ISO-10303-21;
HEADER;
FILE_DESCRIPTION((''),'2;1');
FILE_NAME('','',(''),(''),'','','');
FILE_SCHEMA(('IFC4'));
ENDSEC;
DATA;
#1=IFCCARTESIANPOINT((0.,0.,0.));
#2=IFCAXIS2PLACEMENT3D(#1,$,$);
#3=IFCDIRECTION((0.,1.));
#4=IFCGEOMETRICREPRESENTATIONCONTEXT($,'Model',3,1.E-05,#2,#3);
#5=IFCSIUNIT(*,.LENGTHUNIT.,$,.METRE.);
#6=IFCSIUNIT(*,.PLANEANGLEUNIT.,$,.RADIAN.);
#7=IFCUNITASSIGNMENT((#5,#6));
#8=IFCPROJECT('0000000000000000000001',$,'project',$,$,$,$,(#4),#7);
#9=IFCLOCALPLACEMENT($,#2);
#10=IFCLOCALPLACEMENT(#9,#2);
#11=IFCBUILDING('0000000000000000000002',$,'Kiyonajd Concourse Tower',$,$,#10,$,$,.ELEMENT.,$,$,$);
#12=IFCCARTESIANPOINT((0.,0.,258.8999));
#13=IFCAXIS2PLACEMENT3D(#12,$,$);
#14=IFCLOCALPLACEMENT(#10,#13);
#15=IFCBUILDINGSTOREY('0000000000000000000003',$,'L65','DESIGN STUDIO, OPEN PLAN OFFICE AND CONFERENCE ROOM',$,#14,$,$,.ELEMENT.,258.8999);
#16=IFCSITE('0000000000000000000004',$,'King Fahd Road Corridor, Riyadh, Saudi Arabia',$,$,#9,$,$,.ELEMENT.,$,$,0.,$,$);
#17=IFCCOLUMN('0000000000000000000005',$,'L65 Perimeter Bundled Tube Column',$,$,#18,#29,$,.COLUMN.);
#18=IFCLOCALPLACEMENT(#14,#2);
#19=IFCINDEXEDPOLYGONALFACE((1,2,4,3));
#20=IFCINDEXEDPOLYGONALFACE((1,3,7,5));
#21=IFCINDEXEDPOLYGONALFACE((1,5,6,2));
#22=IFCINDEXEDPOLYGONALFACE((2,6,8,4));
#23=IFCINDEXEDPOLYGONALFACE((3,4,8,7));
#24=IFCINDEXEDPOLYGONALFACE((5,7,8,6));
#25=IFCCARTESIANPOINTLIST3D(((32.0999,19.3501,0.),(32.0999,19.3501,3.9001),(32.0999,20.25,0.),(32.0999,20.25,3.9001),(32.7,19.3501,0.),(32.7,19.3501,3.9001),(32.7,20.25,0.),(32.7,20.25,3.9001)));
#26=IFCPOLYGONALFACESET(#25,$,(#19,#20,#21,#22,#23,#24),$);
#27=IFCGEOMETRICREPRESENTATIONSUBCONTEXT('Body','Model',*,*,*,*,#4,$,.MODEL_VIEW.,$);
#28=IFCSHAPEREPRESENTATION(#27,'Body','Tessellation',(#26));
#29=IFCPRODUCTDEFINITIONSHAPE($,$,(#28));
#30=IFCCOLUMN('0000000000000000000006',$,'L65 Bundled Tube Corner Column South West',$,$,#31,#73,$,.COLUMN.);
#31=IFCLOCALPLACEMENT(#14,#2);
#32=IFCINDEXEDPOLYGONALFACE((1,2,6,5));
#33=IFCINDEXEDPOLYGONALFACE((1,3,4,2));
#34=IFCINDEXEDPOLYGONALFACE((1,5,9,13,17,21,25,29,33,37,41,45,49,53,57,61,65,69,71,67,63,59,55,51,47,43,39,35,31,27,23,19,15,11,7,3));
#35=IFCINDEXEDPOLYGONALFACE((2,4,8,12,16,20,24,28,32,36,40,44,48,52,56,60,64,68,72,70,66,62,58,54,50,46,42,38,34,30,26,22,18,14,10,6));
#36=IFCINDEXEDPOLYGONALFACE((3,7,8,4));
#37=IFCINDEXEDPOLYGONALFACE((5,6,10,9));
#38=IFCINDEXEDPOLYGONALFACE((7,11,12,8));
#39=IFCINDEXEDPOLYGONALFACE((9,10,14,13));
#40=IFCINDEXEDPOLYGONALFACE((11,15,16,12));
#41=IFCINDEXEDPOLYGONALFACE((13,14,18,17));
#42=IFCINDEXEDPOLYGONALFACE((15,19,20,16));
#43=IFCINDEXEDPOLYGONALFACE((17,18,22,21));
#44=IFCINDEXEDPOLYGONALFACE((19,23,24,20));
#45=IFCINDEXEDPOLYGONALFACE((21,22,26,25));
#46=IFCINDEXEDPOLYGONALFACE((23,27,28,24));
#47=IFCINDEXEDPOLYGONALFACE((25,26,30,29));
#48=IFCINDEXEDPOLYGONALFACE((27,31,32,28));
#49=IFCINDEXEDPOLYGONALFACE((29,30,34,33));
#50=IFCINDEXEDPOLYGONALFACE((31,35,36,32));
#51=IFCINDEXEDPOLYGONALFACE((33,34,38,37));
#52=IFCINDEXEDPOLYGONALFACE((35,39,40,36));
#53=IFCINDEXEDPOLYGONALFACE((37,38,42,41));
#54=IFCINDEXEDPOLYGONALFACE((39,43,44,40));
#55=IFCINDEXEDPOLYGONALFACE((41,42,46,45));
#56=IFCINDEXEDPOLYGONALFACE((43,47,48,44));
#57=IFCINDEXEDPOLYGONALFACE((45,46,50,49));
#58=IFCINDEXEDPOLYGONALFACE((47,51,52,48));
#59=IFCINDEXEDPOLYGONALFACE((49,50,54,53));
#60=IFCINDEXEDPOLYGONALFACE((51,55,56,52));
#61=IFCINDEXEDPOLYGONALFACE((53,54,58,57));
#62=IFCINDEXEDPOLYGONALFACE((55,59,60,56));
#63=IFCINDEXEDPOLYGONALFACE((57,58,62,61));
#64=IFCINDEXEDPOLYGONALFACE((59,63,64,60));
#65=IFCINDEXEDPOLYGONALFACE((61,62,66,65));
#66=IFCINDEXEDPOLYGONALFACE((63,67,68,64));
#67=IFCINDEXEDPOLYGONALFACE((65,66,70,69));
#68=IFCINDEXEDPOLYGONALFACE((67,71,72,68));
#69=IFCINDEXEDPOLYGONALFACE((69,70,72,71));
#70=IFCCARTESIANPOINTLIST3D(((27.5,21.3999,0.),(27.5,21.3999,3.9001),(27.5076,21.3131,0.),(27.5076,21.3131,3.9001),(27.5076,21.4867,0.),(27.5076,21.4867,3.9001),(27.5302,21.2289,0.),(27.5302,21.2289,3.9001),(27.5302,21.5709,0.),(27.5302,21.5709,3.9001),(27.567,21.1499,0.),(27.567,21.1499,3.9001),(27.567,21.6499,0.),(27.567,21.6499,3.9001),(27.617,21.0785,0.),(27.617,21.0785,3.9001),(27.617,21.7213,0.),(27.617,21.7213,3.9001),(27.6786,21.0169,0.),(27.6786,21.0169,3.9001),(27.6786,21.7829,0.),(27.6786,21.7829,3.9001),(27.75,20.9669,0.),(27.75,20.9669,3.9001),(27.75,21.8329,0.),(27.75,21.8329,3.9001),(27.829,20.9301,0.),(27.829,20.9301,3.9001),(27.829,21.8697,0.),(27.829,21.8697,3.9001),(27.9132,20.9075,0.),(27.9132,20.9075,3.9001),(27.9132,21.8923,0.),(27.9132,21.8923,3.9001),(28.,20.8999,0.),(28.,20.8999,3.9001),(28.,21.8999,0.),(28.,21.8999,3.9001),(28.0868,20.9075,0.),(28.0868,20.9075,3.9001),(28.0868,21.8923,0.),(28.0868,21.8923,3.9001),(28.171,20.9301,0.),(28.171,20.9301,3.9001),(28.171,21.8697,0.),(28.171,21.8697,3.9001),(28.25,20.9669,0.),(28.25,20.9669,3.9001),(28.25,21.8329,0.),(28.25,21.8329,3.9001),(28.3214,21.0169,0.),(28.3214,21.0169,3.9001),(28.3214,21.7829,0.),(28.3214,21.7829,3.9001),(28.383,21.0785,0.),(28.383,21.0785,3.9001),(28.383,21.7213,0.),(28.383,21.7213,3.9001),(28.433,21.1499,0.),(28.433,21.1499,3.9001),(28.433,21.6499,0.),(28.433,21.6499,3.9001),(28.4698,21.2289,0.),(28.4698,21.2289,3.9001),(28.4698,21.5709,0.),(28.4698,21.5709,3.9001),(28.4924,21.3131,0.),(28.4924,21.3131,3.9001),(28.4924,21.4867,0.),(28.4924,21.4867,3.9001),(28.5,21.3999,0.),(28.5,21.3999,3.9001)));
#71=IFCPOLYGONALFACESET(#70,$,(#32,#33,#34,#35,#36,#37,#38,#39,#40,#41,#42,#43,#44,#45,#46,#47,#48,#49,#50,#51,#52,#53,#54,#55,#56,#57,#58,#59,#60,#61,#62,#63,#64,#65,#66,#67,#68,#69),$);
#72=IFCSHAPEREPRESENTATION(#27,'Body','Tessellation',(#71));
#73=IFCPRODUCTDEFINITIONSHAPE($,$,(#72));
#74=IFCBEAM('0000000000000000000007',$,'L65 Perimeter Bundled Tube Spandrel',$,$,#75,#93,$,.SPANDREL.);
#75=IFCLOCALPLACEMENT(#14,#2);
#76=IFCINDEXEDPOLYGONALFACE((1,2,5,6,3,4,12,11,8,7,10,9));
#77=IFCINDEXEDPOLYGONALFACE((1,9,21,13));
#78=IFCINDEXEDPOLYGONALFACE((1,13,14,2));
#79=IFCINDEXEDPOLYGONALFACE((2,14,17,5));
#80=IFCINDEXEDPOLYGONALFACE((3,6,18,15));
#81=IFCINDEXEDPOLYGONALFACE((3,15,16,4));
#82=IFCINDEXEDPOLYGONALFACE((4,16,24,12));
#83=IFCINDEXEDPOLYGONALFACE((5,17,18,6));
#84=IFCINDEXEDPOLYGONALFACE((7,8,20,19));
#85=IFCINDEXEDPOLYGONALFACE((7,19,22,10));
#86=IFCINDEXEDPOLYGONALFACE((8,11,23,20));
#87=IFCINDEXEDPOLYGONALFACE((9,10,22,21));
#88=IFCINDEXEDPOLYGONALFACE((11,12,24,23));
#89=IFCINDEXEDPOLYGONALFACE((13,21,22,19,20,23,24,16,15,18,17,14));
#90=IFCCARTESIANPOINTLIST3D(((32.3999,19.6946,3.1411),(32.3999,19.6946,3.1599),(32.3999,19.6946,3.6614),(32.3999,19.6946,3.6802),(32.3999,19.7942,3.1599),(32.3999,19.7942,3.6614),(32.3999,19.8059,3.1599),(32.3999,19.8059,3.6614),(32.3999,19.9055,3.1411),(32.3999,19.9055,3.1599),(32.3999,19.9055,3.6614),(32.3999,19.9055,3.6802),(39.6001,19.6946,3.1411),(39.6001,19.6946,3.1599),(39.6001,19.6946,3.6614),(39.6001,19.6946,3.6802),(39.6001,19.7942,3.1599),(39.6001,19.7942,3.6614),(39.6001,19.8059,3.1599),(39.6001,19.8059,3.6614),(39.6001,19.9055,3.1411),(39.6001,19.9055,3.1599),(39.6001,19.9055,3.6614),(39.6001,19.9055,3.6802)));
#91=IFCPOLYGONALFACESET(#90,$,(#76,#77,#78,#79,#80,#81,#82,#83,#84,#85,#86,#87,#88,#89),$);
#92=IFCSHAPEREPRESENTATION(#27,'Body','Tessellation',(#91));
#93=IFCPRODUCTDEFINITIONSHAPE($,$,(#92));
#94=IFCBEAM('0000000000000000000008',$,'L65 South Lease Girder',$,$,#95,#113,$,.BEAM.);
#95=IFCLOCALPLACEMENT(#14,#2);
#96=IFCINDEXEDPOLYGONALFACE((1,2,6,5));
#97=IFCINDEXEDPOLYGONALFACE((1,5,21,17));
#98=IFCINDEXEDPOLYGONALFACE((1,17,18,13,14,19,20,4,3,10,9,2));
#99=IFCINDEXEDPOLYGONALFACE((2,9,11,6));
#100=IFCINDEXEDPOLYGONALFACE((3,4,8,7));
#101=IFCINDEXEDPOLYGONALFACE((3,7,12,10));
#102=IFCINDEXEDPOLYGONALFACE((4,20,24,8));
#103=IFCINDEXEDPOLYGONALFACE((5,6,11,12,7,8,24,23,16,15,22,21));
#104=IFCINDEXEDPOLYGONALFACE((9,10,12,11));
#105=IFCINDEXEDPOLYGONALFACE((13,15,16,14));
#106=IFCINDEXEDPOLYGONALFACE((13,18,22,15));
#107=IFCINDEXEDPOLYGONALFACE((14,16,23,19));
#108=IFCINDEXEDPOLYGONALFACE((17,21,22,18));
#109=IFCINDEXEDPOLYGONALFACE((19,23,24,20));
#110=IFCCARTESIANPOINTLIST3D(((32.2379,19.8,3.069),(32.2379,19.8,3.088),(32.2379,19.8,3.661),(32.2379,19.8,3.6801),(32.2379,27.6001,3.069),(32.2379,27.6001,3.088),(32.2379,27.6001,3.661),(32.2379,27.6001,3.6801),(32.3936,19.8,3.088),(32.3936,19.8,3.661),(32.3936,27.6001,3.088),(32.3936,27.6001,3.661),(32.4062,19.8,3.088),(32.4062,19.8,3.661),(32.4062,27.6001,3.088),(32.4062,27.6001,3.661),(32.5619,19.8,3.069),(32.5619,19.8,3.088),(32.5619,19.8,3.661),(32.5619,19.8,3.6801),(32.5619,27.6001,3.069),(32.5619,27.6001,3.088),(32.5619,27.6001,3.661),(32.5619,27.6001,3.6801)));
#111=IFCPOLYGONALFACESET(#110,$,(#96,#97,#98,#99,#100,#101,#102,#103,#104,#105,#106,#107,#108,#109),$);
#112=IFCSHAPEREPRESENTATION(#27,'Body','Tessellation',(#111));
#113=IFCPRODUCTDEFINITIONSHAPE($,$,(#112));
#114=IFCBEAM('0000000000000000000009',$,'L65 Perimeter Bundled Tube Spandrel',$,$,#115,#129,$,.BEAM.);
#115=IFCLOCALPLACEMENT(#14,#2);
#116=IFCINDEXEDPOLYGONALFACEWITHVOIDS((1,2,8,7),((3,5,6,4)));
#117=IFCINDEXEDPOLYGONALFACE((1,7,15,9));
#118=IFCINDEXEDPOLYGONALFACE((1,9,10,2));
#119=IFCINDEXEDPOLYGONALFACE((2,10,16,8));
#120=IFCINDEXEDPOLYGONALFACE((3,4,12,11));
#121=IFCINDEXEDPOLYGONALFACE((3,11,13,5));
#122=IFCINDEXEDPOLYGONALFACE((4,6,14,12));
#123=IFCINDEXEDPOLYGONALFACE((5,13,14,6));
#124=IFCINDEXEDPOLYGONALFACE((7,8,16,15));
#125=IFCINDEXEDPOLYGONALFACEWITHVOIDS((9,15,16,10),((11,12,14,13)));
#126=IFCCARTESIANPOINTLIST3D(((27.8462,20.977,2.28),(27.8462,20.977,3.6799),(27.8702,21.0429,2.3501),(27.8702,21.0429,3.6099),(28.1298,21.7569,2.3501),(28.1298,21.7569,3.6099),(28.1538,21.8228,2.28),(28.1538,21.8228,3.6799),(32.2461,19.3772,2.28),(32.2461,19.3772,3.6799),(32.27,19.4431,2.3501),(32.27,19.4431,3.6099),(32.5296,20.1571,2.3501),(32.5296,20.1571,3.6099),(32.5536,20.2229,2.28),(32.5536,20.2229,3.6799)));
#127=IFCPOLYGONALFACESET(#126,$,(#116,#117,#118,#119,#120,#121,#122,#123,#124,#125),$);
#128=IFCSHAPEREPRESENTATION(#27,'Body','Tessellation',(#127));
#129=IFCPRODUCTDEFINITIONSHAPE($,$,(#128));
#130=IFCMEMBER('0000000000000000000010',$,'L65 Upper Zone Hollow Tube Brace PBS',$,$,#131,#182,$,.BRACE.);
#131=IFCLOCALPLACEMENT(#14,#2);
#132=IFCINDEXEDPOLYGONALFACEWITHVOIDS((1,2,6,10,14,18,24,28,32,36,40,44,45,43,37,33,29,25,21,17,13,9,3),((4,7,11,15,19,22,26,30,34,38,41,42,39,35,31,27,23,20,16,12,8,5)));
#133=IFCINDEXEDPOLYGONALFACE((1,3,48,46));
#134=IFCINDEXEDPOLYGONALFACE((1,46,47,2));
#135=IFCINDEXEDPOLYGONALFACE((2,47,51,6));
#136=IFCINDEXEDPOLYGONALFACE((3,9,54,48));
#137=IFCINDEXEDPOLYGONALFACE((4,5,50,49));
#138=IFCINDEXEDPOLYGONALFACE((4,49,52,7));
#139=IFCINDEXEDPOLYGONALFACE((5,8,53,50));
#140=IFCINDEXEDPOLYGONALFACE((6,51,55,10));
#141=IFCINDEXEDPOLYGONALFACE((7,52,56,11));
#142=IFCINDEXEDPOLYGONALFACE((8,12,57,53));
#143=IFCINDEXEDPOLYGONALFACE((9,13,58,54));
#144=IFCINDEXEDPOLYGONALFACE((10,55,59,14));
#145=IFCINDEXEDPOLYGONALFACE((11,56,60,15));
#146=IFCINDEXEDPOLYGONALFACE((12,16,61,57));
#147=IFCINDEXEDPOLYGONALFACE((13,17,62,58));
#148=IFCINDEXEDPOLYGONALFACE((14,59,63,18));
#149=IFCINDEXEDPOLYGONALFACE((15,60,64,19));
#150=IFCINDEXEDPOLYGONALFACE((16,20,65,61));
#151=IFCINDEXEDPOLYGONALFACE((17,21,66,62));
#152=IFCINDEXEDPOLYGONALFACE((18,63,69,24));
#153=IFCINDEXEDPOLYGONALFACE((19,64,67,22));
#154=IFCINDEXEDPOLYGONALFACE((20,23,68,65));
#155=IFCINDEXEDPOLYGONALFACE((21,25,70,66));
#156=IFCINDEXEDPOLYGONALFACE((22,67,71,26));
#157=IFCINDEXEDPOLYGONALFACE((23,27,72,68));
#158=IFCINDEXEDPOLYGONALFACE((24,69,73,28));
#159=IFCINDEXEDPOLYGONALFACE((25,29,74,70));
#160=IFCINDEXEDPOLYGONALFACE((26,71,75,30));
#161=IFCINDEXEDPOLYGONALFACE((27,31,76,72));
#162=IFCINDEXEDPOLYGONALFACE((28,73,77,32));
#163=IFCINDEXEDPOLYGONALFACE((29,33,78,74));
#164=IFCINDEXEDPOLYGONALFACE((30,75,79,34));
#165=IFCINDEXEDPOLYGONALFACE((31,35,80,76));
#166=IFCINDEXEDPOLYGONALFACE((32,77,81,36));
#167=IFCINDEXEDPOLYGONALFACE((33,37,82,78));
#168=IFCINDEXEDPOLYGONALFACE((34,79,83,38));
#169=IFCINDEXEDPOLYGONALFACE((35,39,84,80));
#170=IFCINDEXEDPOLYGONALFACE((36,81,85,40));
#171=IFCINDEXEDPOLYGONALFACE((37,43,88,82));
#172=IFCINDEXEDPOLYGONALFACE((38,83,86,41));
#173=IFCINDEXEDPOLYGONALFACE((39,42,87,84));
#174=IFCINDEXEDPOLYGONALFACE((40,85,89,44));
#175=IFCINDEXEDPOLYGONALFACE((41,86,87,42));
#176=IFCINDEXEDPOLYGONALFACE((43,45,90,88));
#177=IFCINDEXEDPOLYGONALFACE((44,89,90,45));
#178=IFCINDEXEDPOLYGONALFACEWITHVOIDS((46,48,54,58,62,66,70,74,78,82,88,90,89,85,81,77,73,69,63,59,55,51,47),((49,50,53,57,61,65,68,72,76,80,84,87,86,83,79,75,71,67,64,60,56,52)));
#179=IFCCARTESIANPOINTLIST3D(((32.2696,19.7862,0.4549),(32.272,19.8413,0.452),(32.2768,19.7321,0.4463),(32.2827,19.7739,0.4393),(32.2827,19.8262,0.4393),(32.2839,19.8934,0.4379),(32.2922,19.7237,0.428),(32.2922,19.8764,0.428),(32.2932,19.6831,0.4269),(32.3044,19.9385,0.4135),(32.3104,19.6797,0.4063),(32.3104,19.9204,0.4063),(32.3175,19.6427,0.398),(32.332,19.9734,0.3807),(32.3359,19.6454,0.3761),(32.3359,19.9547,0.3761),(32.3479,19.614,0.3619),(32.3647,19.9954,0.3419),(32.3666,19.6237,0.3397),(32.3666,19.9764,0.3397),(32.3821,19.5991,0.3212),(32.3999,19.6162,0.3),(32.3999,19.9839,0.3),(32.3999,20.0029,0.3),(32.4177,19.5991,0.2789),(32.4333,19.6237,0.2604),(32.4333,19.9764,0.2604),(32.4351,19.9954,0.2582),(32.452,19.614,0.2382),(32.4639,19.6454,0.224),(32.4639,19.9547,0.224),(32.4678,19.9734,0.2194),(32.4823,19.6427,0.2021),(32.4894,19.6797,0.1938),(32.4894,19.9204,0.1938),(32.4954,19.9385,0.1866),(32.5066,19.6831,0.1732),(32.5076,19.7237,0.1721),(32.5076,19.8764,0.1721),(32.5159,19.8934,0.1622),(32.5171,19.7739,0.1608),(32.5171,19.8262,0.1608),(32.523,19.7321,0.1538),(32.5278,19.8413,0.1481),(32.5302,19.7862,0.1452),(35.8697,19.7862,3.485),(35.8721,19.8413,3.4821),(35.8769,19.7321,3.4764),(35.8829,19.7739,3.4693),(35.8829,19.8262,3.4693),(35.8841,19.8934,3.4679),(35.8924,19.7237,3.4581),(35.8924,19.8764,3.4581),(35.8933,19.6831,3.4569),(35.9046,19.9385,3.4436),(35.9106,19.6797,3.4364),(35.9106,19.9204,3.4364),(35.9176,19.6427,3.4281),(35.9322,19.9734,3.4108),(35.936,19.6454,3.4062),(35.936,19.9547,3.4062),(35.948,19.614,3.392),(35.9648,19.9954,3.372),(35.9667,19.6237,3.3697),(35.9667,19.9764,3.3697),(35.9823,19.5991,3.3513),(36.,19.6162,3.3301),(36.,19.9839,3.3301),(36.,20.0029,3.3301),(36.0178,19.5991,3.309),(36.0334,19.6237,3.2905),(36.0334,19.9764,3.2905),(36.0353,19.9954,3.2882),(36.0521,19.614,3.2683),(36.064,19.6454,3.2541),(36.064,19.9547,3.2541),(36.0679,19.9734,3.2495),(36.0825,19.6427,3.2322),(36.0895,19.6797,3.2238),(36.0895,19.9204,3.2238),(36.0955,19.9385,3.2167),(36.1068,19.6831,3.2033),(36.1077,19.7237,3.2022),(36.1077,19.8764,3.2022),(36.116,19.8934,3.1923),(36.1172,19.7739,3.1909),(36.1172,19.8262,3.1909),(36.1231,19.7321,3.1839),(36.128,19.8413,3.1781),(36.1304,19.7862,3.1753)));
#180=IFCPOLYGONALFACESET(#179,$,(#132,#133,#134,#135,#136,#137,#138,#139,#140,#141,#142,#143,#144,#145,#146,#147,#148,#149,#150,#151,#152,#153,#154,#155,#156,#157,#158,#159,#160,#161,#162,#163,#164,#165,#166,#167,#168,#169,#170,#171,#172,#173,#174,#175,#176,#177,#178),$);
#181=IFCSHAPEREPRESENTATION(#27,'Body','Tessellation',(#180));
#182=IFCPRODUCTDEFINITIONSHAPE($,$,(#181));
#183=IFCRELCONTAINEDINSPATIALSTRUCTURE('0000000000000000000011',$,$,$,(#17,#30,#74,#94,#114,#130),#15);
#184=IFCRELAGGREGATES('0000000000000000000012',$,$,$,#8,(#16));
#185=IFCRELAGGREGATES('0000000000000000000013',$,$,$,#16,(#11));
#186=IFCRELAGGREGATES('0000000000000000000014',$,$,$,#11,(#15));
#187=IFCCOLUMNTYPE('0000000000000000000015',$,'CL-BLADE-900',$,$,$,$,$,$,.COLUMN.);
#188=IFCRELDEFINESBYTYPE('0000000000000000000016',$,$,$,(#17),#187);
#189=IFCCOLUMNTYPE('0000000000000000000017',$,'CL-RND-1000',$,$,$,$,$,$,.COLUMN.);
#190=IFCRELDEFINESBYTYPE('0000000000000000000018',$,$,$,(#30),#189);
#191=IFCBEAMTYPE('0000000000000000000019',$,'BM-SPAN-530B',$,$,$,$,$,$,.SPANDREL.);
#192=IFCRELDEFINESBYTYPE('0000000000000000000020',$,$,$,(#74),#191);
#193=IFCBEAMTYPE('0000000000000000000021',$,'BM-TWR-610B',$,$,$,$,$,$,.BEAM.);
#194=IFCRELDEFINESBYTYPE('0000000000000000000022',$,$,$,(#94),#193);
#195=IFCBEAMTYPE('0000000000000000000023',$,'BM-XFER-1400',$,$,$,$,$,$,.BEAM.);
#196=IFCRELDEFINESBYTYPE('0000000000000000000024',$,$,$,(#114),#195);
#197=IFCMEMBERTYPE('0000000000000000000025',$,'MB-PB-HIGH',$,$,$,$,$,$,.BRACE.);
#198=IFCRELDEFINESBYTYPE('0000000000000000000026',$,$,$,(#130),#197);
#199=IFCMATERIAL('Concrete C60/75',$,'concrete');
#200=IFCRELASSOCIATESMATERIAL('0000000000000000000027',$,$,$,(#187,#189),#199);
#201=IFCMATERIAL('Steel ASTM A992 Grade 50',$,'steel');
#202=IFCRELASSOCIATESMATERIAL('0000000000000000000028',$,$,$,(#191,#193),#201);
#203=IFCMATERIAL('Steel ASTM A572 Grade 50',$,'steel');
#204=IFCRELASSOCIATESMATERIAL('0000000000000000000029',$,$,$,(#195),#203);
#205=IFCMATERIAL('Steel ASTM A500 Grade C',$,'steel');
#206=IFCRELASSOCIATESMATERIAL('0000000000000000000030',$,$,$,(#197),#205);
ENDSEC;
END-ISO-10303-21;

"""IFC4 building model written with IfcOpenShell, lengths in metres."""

from ifc_helpers import new_model, si_unit, direction, frame, origin, origin_2d, place, context, subcontext, project, spatial, rectangle, hollow_rectangle, circle, hollow_circle, i_section, extrude, material, material_profile, profile_set, type_object, element, save


model = new_model("IFC4")

# Units and contexts
model_context = context("Model", 3, precision=1e-05, world=origin(), true_north=direction((0.0, 1.0)))
body_context = subcontext(model_context, "Body", "Model", "MODEL_VIEW")
ifc_project = project(units=[si_unit("LENGTHUNIT", "METRE"), si_unit("PLANEANGLEUNIT", "RADIAN")], contexts=[model_context])

# Site, building, storey
site_placement = place(None, origin())
site = spatial("IfcSite", under=ifc_project, at=site_placement, Name="King Fahd Road Corridor, Riyadh, Saudi Arabia", CompositionType="ELEMENT", RefElevation=0.0)
building_placement = place(site_placement, origin())
building = spatial("IfcBuilding", under=site, at=building_placement, Name="Kiyonajd Concourse Tower", CompositionType="ELEMENT")
storey_placement = place(building_placement, frame((0.0, 0.0, 258.8999)))
storey = spatial("IfcBuildingStorey", under=building, at=storey_placement, Name="L65", Description="DESIGN STUDIO, OPEN PLAN OFFICE AND CONFERENCE ROOM", CompositionType="ELEMENT", Elevation=258.8999)

# Columns
ifc_material_1 = material(Name="Concrete C60/75", Category="concrete")
ifc_material_profile_1 = material_profile(ifc_material_1, rectangle(XDim=0.6001, YDim=0.8999, at=origin_2d()), Name="RC-900x600")
ifc_profile_set_1 = profile_set([ifc_material_profile_1], Name="Concrete C60/75")
column_type_1 = type_object("IfcColumnType", Name="CL-BLADE-900", PredefinedType="COLUMN", material=ifc_profile_set_1)
column_1_placement = place(storey_placement, frame((32.3999, 19.8, 0.0), z_axis=(0.0, 0.0, 1.0), x_axis=(1.0, 0.0, 0.0)))
element("IfcColumn", 1, at=column_1_placement, inside=storey, type_object=column_type_1, Name="L65 Perimeter Bundled Tube Column", PredefinedType="COLUMN", context=body_context, shape_type="SweptSolid", body=[
    extrude(rectangle(XDim=0.6001, YDim=0.8999, at=origin_2d()), origin(), (0.0, 0.0, 1.0), 3.9001),
])
ifc_material_profile_2 = material_profile(ifc_material_1, circle(Radius=0.5, at=origin_2d()), Name="RCC-D1000")
ifc_profile_set_2 = profile_set([ifc_material_profile_2], Name="Concrete C60/75")
column_type_2 = type_object("IfcColumnType", Name="CL-RND-1000", PredefinedType="COLUMN", material=ifc_profile_set_2)
column_2_placement = place(storey_placement, frame((28.0, 21.3999, 0.0), z_axis=(0.0, 0.0, 1.0), x_axis=(1.0, 0.0, 0.0)))
element("IfcColumn", 2, at=column_2_placement, inside=storey, type_object=column_type_2, Name="L65 Bundled Tube Corner Column South West", PredefinedType="COLUMN", context=body_context, shape_type="SweptSolid", body=[
    extrude(circle(Radius=0.5, at=origin_2d()), origin(), (0.0, 0.0, 1.0), 3.9001),
])

# Beams
ifc_material_2 = material(Name="Steel ASTM A992 Grade 50", Category="steel")
ifc_material_profile_3 = material_profile(ifc_material_2, i_section(OverallWidth=0.2109, OverallDepth=0.5391, WebThickness=0.0117, FlangeThickness=0.0188, at=origin_2d()), Name="W530X109")
ifc_profile_set_3 = profile_set([ifc_material_profile_3], Name="Steel ASTM A992 Grade 50")
beam_type_1 = type_object("IfcBeamType", Name="BM-SPAN-530B", PredefinedType="SPANDREL", material=ifc_profile_set_3)
beam_1_placement = place(storey_placement, frame((32.3999, 19.8, 3.4106), z_axis=(1.0, 0.0, 0.0), x_axis=(0.0, 1.0, 0.0)))
element("IfcBeam", 3, at=beam_1_placement, inside=storey, type_object=beam_type_1, Name="L65 Perimeter Bundled Tube Spandrel", PredefinedType="SPANDREL", context=body_context, shape_type="SweptSolid", body=[
    extrude(i_section(OverallWidth=0.2109, OverallDepth=0.5391, WebThickness=0.0117, FlangeThickness=0.0188, at=origin_2d()), origin(), (0.0, 0.0, 1.0), 7.2002),
])
ifc_material_profile_4 = material_profile(ifc_material_2, i_section(OverallWidth=0.324, OverallDepth=0.6111, WebThickness=0.0127, FlangeThickness=0.019, at=origin_2d()), Name="W610X155")
ifc_profile_set_4 = profile_set([ifc_material_profile_4], Name="Steel ASTM A992 Grade 50")
beam_type_2 = type_object("IfcBeamType", Name="BM-TWR-610B", PredefinedType="BEAM", material=ifc_profile_set_4)
beam_2_placement = place(storey_placement, frame((32.3999, 19.8, 3.3745), z_axis=(0.0, 1.0, 0.0), x_axis=(-1.0, 0.0, 0.0)))
element("IfcBeam", 4, at=beam_2_placement, inside=storey, type_object=beam_type_2, Name="L65 South Lease Girder", PredefinedType="BEAM", context=body_context, shape_type="SweptSolid", body=[
    extrude(i_section(OverallWidth=0.324, OverallDepth=0.6111, WebThickness=0.0127, FlangeThickness=0.019, at=origin_2d()), origin(), (0.0, 0.0, 1.0), 7.8),
])
ifc_material_3 = material(Name="Steel ASTM A572 Grade 50", Category="steel")
ifc_material_profile_5 = material_profile(ifc_material_3, hollow_rectangle(XDim=0.8999, YDim=1.3999, WallThickness=0.0701, at=origin_2d()), Name="BOX-1400x900x70")
ifc_profile_set_5 = profile_set([ifc_material_profile_5], Name="Steel ASTM A572 Grade 50")
beam_type_3 = type_object("IfcBeamType", Name="BM-XFER-1400", PredefinedType="BEAM", material=ifc_profile_set_5)
beam_3_placement = place(storey_placement, frame((28.0, 21.3999, 2.98), z_axis=(0.939801, -0.341722, 0.0), x_axis=(0.341722, 0.939801, 0.0)))
element("IfcBeam", 5, at=beam_3_placement, inside=storey, type_object=beam_type_3, Name="L65 Perimeter Bundled Tube Spandrel", PredefinedType="BEAM", context=body_context, shape_type="SweptSolid", body=[
    extrude(hollow_rectangle(XDim=0.8999, YDim=1.3999, WallThickness=0.0701, at=origin_2d()), origin(), (0.0, 0.0, 1.0), 4.6816),
])

# Member
ifc_material_4 = material(Name="Steel ASTM A500 Grade C", Category="steel")
ifc_material_profile_6 = material_profile(ifc_material_4, hollow_circle(Radius=0.2029, WallThickness=0.019, at=origin_2d()), Name="CHS-406x19")
ifc_profile_set_6 = profile_set([ifc_material_profile_6], Name="Steel ASTM A500 Grade C")
member_type = type_object("IfcMemberType", Name="MB-PB-HIGH", PredefinedType="BRACE", material=ifc_profile_set_6)
member_placement = place(storey_placement, frame((32.3999, 19.8, 0.3), z_axis=(0.765082, 0.0, 0.643933), x_axis=(0.0, 1.0, 0.0)))
element("IfcMember", 6, at=member_placement, inside=storey, type_object=member_type, Name="L65 Upper Zone Hollow Tube Brace PBS", PredefinedType="BRACE", context=body_context, shape_type="SweptSolid", body=[
    extrude(hollow_circle(Radius=0.2029, WallThickness=0.019, at=origin_2d()), origin(), (0.0, 0.0, 1.0), 4.7056),
])

save(model, "model.ifc")
